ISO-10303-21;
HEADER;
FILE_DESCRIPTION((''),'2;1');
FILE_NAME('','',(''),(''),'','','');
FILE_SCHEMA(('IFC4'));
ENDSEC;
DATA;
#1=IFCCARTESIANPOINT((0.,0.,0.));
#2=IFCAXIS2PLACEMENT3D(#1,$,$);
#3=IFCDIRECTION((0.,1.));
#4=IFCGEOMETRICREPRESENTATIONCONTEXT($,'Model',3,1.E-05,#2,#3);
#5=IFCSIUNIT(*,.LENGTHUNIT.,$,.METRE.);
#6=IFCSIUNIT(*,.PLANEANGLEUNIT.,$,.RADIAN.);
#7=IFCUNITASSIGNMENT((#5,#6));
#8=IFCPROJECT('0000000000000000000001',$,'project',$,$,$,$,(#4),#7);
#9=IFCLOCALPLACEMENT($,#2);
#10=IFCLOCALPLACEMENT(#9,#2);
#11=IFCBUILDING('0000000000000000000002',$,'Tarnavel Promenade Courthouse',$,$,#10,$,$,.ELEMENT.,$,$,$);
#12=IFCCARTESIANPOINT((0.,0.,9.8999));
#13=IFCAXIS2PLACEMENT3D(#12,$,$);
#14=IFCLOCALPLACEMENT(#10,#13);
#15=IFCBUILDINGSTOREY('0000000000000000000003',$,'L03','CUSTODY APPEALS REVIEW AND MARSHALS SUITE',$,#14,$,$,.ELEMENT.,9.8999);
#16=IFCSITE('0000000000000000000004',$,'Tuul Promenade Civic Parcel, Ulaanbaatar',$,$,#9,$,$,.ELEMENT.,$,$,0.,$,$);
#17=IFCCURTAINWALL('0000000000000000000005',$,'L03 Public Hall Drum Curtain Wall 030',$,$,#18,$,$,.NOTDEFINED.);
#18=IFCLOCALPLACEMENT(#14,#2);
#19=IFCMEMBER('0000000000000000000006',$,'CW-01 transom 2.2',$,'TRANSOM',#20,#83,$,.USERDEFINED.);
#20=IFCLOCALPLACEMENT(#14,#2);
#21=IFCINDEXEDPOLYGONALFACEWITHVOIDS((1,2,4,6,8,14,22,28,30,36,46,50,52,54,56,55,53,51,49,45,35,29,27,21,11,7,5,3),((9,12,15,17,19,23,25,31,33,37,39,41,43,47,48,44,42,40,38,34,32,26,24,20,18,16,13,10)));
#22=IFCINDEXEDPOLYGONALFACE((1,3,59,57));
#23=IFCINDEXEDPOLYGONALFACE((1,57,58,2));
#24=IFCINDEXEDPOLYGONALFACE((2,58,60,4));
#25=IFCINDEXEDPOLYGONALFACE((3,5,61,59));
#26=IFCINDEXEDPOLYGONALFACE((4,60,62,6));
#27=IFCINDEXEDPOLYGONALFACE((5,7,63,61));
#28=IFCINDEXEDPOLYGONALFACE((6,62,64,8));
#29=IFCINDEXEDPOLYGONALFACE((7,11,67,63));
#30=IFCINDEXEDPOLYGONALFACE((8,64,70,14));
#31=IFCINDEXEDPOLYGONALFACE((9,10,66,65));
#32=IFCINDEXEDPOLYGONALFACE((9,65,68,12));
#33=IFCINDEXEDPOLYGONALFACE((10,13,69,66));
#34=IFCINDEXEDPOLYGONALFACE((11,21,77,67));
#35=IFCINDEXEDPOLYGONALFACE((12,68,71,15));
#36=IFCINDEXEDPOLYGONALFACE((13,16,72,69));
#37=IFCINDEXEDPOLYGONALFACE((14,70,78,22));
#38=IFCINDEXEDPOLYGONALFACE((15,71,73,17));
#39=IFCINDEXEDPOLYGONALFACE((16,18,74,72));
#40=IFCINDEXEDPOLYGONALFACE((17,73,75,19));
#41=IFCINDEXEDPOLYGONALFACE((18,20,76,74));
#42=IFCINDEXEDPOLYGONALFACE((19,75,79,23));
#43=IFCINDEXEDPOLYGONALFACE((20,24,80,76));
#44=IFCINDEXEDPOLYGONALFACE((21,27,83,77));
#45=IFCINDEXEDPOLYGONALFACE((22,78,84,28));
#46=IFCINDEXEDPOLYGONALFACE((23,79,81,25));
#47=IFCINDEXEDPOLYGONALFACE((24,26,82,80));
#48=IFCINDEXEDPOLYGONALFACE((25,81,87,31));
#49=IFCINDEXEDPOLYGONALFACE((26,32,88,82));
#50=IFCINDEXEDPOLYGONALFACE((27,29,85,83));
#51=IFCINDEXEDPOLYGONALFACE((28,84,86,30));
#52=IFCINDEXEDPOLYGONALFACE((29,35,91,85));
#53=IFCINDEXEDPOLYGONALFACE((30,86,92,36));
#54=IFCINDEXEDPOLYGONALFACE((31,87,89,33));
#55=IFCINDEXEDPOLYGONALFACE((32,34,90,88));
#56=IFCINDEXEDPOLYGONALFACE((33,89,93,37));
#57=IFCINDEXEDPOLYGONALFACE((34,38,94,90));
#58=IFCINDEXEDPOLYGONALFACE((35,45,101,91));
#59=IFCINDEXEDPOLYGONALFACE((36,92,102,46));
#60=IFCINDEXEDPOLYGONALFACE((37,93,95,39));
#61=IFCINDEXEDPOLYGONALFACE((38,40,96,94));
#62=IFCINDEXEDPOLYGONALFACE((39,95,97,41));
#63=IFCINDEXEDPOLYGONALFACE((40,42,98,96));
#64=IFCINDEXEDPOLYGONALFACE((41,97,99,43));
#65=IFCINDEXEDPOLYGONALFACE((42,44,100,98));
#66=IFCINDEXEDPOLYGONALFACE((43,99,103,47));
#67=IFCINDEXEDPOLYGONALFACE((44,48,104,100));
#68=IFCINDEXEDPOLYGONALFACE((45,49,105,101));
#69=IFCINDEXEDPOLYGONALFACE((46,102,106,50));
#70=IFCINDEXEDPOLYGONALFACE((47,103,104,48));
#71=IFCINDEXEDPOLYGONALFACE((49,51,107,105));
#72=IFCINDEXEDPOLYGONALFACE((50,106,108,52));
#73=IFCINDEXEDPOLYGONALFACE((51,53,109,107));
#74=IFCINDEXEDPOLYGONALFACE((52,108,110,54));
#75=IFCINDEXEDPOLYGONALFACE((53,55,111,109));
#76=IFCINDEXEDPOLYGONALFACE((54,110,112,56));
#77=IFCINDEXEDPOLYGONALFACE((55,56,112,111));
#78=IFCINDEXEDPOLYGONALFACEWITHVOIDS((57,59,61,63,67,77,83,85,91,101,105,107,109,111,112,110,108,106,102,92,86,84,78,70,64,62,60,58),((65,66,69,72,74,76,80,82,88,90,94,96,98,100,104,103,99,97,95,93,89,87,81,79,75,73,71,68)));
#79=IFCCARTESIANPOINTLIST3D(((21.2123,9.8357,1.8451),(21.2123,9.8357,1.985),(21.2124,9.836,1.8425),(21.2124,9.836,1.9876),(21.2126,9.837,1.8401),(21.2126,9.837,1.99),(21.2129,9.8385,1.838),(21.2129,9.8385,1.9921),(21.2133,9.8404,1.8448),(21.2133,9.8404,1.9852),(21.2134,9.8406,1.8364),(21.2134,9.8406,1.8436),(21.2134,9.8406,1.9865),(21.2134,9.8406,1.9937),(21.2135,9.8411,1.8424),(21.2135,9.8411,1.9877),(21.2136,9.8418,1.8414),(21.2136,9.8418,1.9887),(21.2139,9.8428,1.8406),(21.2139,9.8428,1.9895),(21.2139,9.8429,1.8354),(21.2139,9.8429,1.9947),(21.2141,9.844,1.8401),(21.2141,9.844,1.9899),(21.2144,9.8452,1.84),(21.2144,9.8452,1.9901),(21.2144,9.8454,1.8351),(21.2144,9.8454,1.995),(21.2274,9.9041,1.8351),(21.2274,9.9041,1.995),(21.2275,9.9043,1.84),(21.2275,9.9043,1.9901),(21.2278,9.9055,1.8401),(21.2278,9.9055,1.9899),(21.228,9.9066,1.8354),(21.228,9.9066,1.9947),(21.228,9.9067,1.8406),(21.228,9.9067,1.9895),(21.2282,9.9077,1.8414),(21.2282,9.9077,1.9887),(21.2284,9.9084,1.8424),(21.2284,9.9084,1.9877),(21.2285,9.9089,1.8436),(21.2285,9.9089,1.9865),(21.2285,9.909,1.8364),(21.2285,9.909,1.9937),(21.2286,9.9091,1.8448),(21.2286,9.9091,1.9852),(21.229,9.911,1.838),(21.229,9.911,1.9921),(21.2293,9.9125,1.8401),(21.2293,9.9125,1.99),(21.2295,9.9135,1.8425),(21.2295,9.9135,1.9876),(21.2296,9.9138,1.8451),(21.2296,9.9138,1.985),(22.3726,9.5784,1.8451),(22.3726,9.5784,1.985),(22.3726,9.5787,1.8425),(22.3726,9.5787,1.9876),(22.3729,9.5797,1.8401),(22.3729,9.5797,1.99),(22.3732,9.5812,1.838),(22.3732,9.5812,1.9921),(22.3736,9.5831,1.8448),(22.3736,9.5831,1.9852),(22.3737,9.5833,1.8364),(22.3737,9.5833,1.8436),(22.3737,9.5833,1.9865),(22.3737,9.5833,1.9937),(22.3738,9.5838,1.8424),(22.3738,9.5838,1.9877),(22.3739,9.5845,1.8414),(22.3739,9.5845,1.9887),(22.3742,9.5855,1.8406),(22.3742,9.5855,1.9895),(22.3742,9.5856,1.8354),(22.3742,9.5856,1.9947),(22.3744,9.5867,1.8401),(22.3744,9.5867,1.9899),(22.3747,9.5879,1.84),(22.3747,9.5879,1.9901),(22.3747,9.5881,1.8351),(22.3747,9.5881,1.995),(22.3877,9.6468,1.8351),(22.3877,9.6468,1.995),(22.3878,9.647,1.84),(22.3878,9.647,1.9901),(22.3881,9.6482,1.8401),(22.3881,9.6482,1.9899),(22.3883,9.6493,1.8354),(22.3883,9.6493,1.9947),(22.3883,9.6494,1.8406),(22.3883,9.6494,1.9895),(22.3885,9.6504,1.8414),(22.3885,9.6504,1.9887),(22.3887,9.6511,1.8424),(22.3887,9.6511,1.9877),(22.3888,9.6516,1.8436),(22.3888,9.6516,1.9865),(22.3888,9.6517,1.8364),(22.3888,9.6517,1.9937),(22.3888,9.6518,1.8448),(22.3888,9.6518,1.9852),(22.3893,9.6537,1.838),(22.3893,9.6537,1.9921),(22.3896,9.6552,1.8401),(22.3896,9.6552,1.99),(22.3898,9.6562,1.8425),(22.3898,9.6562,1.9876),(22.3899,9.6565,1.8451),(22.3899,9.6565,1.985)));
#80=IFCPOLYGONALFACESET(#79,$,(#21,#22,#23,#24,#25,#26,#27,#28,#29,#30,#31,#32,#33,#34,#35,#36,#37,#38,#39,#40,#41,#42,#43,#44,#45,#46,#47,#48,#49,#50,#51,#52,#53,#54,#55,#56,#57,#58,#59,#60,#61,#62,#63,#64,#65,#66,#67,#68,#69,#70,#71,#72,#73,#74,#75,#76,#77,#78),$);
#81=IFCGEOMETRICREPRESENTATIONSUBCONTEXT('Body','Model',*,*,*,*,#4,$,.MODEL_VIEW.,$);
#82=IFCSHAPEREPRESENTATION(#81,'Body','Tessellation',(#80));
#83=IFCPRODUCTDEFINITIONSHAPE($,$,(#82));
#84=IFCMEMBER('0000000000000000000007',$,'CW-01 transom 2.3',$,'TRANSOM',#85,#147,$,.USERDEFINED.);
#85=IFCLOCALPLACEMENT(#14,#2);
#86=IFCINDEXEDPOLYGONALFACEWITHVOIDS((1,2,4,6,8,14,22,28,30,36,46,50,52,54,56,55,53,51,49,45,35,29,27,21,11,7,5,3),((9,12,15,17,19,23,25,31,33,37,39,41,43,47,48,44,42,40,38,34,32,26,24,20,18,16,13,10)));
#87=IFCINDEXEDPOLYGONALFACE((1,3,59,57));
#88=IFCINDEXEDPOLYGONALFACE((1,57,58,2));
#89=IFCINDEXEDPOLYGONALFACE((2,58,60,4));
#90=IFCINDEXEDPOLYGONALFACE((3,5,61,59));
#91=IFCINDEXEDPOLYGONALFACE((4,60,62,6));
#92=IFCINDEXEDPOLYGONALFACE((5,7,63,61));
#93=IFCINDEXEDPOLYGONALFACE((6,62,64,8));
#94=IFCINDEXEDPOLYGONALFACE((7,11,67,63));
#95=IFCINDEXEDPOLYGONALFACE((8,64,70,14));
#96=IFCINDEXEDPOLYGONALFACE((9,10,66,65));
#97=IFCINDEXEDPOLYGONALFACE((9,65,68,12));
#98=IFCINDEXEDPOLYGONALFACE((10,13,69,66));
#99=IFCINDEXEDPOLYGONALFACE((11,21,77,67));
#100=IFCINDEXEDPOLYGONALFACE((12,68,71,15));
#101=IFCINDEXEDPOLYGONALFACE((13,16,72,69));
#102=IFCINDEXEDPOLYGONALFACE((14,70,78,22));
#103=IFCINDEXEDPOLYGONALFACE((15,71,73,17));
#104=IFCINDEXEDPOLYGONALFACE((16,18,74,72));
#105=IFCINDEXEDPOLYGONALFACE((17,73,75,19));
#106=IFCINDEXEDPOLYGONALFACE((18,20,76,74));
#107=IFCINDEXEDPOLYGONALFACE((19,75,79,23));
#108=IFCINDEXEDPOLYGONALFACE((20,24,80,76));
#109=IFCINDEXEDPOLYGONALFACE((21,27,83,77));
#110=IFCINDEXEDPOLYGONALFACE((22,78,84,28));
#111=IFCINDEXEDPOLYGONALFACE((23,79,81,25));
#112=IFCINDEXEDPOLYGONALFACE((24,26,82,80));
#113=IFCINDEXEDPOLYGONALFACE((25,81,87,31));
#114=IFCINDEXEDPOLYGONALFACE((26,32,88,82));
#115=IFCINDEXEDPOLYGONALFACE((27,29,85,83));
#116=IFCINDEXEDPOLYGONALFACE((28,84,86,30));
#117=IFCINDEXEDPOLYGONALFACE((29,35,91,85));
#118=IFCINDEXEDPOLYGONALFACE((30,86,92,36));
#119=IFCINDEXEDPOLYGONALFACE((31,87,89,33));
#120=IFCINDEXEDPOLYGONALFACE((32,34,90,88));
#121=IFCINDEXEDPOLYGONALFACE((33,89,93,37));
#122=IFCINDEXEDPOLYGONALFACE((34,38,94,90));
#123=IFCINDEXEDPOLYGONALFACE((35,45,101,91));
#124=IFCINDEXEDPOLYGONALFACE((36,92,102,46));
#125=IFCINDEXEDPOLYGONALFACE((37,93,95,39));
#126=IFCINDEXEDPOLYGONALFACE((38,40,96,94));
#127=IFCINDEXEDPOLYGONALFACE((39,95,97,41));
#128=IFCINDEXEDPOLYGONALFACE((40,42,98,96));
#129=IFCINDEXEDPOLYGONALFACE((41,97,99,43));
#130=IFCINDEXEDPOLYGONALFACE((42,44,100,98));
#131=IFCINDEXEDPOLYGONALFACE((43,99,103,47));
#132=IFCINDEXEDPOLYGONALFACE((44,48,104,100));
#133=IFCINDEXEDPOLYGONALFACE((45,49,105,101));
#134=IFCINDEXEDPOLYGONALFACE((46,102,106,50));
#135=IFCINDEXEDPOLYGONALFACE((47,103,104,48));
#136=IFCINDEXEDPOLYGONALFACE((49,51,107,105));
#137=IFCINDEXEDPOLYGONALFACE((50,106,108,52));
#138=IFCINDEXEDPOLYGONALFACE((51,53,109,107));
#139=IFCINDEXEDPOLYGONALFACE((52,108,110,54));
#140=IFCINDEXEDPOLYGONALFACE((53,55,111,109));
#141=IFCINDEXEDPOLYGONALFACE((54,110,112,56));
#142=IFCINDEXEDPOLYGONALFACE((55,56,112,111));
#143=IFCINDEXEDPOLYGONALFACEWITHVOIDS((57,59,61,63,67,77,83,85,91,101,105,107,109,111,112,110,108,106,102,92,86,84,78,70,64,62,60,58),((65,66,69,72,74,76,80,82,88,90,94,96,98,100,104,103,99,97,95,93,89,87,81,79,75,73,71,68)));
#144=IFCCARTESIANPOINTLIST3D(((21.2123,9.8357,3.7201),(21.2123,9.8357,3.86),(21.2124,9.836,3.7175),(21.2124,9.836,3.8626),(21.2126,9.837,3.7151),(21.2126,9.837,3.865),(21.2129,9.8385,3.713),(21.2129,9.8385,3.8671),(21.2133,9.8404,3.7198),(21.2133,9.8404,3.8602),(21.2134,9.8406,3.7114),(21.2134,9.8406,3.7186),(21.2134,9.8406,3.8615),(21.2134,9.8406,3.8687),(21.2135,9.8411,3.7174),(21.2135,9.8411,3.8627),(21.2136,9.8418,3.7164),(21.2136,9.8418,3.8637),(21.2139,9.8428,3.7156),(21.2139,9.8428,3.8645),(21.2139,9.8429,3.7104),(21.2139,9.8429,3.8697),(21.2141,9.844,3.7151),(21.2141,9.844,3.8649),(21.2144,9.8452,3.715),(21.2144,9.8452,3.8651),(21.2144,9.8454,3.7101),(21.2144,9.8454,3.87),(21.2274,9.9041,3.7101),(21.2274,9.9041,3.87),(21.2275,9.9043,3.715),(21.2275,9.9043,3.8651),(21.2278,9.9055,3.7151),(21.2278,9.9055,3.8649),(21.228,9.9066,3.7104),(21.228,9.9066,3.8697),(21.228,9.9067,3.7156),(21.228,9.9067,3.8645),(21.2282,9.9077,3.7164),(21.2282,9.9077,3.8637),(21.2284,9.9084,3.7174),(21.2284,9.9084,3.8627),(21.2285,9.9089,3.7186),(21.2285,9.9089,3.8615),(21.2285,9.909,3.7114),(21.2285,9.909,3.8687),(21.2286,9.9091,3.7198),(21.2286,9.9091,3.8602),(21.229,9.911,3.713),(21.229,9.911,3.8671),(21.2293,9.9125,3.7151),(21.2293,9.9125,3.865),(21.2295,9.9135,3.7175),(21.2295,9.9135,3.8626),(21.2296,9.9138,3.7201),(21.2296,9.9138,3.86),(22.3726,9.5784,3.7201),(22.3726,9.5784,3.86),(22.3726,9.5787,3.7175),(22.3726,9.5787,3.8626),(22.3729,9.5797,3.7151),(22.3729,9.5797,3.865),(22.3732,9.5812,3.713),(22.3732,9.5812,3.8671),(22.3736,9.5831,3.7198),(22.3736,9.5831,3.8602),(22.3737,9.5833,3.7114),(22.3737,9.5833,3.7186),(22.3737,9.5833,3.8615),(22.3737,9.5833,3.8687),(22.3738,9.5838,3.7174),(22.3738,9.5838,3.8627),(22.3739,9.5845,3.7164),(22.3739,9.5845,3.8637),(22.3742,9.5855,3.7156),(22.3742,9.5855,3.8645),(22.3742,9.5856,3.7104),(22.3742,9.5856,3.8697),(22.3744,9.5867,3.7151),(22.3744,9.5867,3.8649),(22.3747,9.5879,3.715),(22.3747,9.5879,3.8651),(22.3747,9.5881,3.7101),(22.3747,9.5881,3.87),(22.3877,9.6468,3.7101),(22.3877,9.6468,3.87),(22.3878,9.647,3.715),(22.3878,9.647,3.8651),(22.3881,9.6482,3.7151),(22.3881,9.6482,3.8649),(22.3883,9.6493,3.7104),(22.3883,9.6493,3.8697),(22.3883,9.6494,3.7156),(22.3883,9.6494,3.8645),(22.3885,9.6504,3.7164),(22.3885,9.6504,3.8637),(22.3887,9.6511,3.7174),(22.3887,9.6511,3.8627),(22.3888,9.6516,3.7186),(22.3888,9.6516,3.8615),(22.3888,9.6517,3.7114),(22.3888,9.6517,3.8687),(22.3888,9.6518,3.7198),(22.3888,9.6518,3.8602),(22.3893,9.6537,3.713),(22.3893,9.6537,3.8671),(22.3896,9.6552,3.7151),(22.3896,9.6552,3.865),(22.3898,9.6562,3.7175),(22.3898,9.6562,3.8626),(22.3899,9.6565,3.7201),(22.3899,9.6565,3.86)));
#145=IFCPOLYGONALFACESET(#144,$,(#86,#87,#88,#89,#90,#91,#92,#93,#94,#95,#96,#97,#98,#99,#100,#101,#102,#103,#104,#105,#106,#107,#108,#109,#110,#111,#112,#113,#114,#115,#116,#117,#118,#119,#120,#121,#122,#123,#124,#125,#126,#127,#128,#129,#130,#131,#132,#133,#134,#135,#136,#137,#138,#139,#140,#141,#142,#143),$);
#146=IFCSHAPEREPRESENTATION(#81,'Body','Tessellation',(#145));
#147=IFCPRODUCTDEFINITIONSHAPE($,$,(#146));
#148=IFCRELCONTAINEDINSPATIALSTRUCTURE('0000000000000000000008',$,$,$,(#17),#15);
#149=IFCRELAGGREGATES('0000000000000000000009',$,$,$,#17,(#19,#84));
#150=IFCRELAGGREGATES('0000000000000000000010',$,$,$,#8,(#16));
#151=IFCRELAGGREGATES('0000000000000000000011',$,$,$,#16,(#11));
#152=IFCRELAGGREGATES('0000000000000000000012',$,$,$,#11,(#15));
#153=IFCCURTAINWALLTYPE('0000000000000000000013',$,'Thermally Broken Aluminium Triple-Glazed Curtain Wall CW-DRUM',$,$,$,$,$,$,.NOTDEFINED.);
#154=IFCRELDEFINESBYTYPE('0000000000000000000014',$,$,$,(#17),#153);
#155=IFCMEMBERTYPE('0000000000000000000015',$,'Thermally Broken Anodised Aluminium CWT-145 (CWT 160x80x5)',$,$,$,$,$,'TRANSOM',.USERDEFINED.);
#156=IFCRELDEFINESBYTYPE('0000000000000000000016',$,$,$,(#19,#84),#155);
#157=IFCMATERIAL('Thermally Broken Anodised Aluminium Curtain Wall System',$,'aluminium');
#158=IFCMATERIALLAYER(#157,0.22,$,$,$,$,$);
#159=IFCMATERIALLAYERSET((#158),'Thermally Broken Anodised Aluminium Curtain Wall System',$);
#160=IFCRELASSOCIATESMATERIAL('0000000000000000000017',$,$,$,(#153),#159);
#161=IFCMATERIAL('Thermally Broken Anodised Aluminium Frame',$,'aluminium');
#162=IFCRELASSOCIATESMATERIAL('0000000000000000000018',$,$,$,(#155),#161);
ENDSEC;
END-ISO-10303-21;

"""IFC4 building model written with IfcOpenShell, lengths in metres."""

from ifc_helpers import new_model, si_unit, direction, frame, origin, origin_2d, place, context, subcontext, project, spatial, hollow_rectangle, extrude, material, layer, layer_set, material_profile, profile_set, type_object, element, aggregate, save


model = new_model("IFC4")

# Units and contexts
model_context = context("Model", 3, precision=1e-05, world=origin(), true_north=direction((0.0, 1.0)))
body_context = subcontext(model_context, "Body", "Model", "MODEL_VIEW")
ifc_project = project(units=[si_unit("LENGTHUNIT", "METRE"), si_unit("PLANEANGLEUNIT", "RADIAN")], contexts=[model_context])

# Site, building, storey
site_placement = place(None, origin())
site = spatial("IfcSite", under=ifc_project, at=site_placement, Name="Tuul Promenade Civic Parcel, Ulaanbaatar", CompositionType="ELEMENT", RefElevation=0.0)
building_placement = place(site_placement, origin())
building = spatial("IfcBuilding", under=site, at=building_placement, Name="Tarnavel Promenade Courthouse", CompositionType="ELEMENT")
storey_placement = place(building_placement, frame((0.0, 0.0, 9.8999)))
storey = spatial("IfcBuildingStorey", under=building, at=storey_placement, Name="L03", Description="CUSTODY APPEALS REVIEW AND MARSHALS SUITE", CompositionType="ELEMENT", Elevation=9.8999)

# Curtain wall, members
ifc_material_1 = material(Name="Thermally Broken Anodised Aluminium Curtain Wall System", Category="aluminium")
ifc_layer_1 = layer(ifc_material_1, 0.22)
ifc_layer_set_1 = layer_set([ifc_layer_1], Name="Thermally Broken Anodised Aluminium Curtain Wall System")
curtain_wall_type = type_object("IfcCurtainWallType", Name="Thermally Broken Aluminium Triple-Glazed Curtain Wall CW-DRUM", PredefinedType="NOTDEFINED", material=ifc_layer_set_1)
curtain_wall_placement = place(storey_placement, origin())
curtain_wall = element("IfcCurtainWall", 1, at=curtain_wall_placement, inside=storey, type_object=curtain_wall_type, Name="L03 Public Hall Drum Curtain Wall 030", PredefinedType="NOTDEFINED")
ifc_material_2 = material(Name="Thermally Broken Anodised Aluminium Frame", Category="aluminium")
ifc_material_profile_1 = material_profile(ifc_material_2, hollow_rectangle(XDim=0.0801, YDim=0.1599, WallThickness=0.0049, InnerFilletRadius=0.0049, OuterFilletRadius=0.01, at=origin_2d()), Name="CWT 160x80x5")
ifc_profile_set_1 = profile_set([ifc_material_profile_1], Name="Thermally Broken Anodised Aluminium Frame")
member_type_1 = type_object("IfcMemberType", Name="Thermally Broken Anodised Aluminium CWT-145 (CWT 160x80x5)", ElementType="TRANSOM", PredefinedType="USERDEFINED", material=ifc_profile_set_1)
member_1_placement = place(storey_placement, frame((21.2209, 9.8748, 1.915), z_axis=(0.976284, -0.216495, 0.0), x_axis=(0.216495, 0.976284, 0.0)))
member_1 = element("IfcMember", 2, at=member_1_placement, type_object=member_type_1, Name="CW-01 transom 2.2", ObjectType="TRANSOM", PredefinedType="USERDEFINED", context=body_context, shape_type="SweptSolid", body=[
    extrude(hollow_rectangle(XDim=0.0801, YDim=0.1599, WallThickness=0.0049, InnerFilletRadius=0.0049, OuterFilletRadius=0.01, at=origin_2d()), origin(), (0.0, 0.0, 1.0), 1.1885),
])
member_2_placement = place(storey_placement, frame((21.2209, 9.8748, 3.79), z_axis=(0.976284, -0.216495, 0.0), x_axis=(0.216495, 0.976284, 0.0)))
member_2 = element("IfcMember", 3, at=member_2_placement, type_object=member_type_1, Name="CW-01 transom 2.3", ObjectType="TRANSOM", PredefinedType="USERDEFINED", context=body_context, shape_type="SweptSolid", body=[
    extrude(hollow_rectangle(XDim=0.0801, YDim=0.1599, WallThickness=0.0049, InnerFilletRadius=0.0049, OuterFilletRadius=0.01, at=origin_2d()), origin(), (0.0, 0.0, 1.0), 1.1885),
])

aggregate(curtain_wall, [member_1, member_2])

save(model, "model.ifc")
